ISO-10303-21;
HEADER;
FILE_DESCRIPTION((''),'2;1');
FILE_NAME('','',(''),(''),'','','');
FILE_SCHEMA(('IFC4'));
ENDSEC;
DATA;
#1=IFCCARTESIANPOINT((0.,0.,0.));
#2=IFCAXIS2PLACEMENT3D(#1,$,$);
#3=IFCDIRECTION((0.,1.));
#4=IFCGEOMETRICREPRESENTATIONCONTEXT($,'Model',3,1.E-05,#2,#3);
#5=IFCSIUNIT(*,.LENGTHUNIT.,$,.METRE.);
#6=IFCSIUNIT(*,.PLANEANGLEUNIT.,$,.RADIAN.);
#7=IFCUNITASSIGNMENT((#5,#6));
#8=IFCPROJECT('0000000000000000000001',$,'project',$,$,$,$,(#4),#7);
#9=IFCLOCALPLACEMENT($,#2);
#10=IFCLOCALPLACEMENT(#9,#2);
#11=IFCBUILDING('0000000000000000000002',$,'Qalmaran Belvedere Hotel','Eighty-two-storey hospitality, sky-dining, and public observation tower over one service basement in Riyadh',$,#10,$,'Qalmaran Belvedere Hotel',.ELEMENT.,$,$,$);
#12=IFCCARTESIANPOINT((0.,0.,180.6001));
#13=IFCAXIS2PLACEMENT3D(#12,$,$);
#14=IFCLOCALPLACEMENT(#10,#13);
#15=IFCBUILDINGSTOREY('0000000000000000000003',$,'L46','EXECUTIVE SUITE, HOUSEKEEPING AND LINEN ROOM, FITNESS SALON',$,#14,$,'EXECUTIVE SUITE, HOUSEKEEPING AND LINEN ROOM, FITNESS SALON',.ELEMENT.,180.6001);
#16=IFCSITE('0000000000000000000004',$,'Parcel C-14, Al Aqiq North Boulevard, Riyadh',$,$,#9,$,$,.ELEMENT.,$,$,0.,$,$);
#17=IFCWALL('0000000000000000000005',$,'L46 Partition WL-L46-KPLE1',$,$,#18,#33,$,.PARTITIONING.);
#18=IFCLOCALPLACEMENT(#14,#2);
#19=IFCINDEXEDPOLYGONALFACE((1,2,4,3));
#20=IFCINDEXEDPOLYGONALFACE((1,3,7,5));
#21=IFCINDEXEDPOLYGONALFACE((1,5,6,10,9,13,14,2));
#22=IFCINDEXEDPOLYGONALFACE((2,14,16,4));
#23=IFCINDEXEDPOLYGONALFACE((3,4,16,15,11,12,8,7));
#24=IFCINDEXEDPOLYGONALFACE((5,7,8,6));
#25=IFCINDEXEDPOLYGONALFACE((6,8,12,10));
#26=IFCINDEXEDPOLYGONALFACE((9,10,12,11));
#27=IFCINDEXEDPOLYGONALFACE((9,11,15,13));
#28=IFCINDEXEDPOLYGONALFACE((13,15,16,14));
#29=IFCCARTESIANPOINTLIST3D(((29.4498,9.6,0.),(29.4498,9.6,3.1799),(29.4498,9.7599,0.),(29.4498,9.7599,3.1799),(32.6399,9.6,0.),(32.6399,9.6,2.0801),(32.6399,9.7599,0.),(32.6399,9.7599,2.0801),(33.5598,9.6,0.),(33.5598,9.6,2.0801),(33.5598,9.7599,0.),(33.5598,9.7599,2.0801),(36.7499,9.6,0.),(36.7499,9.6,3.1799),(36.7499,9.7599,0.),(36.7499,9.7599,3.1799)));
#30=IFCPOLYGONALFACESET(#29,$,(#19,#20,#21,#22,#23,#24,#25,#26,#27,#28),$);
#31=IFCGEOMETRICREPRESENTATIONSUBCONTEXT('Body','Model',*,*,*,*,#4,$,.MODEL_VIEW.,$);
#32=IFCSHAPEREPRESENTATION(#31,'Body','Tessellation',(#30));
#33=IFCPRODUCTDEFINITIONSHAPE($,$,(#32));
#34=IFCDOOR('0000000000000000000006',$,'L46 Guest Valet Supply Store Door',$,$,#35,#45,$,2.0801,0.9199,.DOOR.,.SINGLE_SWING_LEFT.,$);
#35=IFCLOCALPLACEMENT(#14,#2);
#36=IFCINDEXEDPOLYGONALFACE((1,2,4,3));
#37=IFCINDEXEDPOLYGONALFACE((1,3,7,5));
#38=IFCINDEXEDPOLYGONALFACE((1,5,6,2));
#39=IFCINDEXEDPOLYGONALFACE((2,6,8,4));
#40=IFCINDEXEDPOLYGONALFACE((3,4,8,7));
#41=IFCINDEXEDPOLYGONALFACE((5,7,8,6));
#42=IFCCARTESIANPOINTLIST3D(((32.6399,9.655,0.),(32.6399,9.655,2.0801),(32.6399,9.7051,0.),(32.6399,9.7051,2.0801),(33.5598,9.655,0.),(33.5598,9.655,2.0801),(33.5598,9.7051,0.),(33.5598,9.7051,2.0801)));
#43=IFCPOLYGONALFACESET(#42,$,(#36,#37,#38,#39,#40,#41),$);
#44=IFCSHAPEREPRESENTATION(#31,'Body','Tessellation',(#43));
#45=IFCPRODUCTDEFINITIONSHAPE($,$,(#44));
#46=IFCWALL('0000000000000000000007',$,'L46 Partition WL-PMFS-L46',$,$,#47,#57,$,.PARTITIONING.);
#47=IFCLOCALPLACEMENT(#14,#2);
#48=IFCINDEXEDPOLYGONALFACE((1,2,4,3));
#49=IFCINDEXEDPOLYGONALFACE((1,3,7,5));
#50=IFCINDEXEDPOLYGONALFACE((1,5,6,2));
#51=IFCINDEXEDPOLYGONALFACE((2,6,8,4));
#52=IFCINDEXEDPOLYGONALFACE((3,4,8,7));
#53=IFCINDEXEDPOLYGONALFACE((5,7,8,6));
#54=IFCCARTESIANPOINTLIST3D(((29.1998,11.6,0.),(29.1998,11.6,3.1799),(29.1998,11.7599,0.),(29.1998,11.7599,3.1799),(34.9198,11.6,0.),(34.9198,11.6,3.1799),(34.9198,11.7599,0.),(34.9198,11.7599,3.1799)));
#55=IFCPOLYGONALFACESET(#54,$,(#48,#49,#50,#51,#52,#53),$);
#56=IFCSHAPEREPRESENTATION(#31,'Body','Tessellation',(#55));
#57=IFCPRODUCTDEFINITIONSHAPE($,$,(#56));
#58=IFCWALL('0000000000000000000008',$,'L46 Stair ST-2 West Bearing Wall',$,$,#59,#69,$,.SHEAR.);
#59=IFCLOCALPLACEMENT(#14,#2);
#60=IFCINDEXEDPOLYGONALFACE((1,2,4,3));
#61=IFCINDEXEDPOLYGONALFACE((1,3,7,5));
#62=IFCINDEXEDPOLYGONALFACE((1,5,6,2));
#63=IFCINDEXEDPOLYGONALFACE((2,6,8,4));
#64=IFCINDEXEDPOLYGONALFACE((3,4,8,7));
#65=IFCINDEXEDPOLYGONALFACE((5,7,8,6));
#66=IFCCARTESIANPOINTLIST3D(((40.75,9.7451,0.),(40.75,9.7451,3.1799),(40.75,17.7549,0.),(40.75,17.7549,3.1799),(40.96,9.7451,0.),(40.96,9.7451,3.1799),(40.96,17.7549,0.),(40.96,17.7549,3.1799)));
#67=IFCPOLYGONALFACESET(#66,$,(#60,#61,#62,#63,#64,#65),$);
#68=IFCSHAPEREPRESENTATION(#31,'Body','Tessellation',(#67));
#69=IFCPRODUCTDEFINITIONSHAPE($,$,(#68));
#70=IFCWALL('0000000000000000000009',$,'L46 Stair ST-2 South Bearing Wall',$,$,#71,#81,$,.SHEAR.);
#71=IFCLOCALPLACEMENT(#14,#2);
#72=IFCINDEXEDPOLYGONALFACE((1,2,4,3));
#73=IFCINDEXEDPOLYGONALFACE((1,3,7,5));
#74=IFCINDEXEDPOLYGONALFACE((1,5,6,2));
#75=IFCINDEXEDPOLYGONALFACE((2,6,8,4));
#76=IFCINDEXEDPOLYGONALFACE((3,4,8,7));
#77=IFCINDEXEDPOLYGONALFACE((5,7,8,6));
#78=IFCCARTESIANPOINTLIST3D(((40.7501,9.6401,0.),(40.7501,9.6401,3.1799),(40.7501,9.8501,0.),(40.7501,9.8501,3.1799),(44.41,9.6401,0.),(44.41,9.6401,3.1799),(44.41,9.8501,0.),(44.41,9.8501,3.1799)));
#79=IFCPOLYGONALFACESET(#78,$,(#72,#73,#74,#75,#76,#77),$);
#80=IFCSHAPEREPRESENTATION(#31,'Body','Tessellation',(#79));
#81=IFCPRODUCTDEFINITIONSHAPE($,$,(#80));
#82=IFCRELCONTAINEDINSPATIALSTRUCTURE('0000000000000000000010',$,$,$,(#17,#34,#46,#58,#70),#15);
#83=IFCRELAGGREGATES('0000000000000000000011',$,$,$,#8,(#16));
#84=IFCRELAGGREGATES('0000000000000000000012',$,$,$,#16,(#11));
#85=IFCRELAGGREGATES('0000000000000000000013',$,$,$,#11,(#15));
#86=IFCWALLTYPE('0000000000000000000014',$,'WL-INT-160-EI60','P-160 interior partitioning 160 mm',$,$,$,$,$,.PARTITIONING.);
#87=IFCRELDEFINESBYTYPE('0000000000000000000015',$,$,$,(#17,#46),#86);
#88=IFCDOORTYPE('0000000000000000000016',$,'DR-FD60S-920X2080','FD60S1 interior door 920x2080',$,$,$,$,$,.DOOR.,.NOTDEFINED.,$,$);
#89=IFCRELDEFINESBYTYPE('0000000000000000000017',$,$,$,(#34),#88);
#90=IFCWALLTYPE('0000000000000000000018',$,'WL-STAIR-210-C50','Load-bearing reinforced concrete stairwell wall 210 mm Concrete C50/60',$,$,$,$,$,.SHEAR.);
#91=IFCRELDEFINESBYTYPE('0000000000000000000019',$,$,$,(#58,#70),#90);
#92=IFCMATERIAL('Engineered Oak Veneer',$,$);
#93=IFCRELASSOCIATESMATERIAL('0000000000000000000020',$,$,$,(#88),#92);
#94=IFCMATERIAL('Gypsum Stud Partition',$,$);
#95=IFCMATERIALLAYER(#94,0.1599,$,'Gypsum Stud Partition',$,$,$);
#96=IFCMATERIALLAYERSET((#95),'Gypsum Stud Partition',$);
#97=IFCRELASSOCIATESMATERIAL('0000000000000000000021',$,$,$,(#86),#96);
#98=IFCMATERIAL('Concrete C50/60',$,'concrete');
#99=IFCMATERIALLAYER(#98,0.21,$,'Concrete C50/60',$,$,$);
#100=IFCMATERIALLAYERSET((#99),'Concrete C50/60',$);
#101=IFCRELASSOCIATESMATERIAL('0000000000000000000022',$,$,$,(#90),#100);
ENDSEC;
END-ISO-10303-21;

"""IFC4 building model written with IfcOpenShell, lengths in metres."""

from ifc_helpers import new_model, si_unit, direction, frame, frame_2d, origin, place, context, subcontext, project, spatial, rectangle, extrude, material, layer, layer_set, type_object, element, fill, save


model = new_model("IFC4")

# Units and contexts
model_context = context("Model", 3, precision=1e-05, world=origin(), true_north=direction((0.0, 1.0)))
body_context = subcontext(model_context, "Body", "Model", "MODEL_VIEW")
ifc_project = project(units=[si_unit("LENGTHUNIT", "METRE"), si_unit("PLANEANGLEUNIT", "RADIAN")], contexts=[model_context])

# Site, building, storey
site_placement = place(None, origin())
site = spatial("IfcSite", under=ifc_project, at=site_placement, Name="Parcel C-14, Al Aqiq North Boulevard, Riyadh", CompositionType="ELEMENT", RefElevation=0.0)
building_placement = place(site_placement, origin())
building = spatial("IfcBuilding", under=site, at=building_placement, Name="Qalmaran Belvedere Hotel", Description="Eighty-two-storey hospitality, sky-dining, and public observation tower over one service basement in Riyadh", LongName="Qalmaran Belvedere Hotel", CompositionType="ELEMENT")
storey_placement = place(building_placement, frame((0.0, 0.0, 180.6001)))
storey = spatial("IfcBuildingStorey", under=building, at=storey_placement, Name="L46", Description="EXECUTIVE SUITE, HOUSEKEEPING AND LINEN ROOM, FITNESS SALON", LongName="EXECUTIVE SUITE, HOUSEKEEPING AND LINEN ROOM, FITNESS SALON", CompositionType="ELEMENT", Elevation=180.6001)

# Shared definitions
ifc_material_1 = material(Name="Concrete C50/60", Category="concrete")

# Shared definitions
ifc_material_2 = material(Name="Gypsum Stud Partition")

# Shared definitions
ifc_material_3 = material(Name="Engineered Oak Veneer")
door_type_1 = type_object("IfcDoorType", Name="DR-FD60S-920X2080", Description="FD60S1 interior door 920x2080", OperationType="NOTDEFINED", PredefinedType="DOOR", material=ifc_material_3)
ifc_layer_1 = layer(ifc_material_2, 0.1599, Name="Gypsum Stud Partition")
ifc_layer_set_1 = layer_set([ifc_layer_1], Name="Gypsum Stud Partition")
wall_type_1 = type_object("IfcWallType", Name="WL-INT-160-EI60", Description="P-160 interior partitioning 160 mm", PredefinedType="PARTITIONING", material=ifc_layer_set_1)

# Wall, opening, door
wall_1_placement = place(storey_placement, frame((29.45, 9.6799, 0.0), z_axis=(0.0, 0.0, 1.0), x_axis=(1.0, 0.0, 0.0)))
wall_1 = element("IfcWall", 1, at=wall_1_placement, inside=storey, type_object=wall_type_1, Name="L46 Partition WL-L46-KPLE1", PredefinedType="PARTITIONING", context=body_context, shape_type="SweptSolid", body=[
    extrude(rectangle(XDim=7.3, YDim=0.1599, at=frame_2d((3.6499, 0.0))), origin(), (0.0, 0.0, 1.0), 3.1799),
])
opening_1_placement = place(wall_1_placement, frame((4.1099, 0.0, 0.0), z_axis=(0.0, 0.0, 1.0), x_axis=(-1.0, 0.0, 0.0)))
opening_1 = element("IfcOpeningElement", 2, at=opening_1_placement, cuts=wall_1, PredefinedType="OPENING", context=body_context, shape_type="SweptSolid", body=[
    extrude(rectangle(XDim=0.9199, YDim=2.0801, at=frame_2d((0.46, 1.04))), frame((0.0, 0.0898, 0.0), z_axis=(0.0, -1.0, 0.0), x_axis=(1.0, 0.0, 0.0)), (0.0, 0.0, 1.0), 0.1799),
])
door_1_placement = place(opening_1_placement, origin())
door_1 = element("IfcDoor", 3, at=door_1_placement, inside=storey, type_object=door_type_1, Name="L46 Guest Valet Supply Store Door", OperationType="SINGLE_SWING_LEFT", OverallHeight=2.0801, OverallWidth=0.9199, PredefinedType="DOOR", context=body_context, shape_type="SweptSolid", body=[
    extrude(rectangle(XDim=0.9199, YDim=2.0801, at=frame_2d((0.46, 1.04))), frame((0.0, 0.0249, 0.0), z_axis=(0.0, -1.0, 0.0), x_axis=(1.0, 0.0, 0.0)), (0.0, 0.0, 1.0), 0.05),
])
fill(opening_1, door_1)

# Walls
wall_2_placement = place(storey_placement, frame((29.2, 11.6799, 0.0), z_axis=(0.0, 0.0, 1.0), x_axis=(1.0, 0.0, 0.0)))
element("IfcWall", 4, at=wall_2_placement, inside=storey, type_object=wall_type_1, Name="L46 Partition WL-PMFS-L46", PredefinedType="PARTITIONING", context=body_context, shape_type="SweptSolid", body=[
    extrude(rectangle(XDim=5.72, YDim=0.1599, at=frame_2d((2.8599, 0.0))), origin(), (0.0, 0.0, 1.0), 3.1799),
])
ifc_layer_2 = layer(ifc_material_1, 0.21, Name="Concrete C50/60")
ifc_layer_set_2 = layer_set([ifc_layer_2], Name="Concrete C50/60")
wall_type_2 = type_object("IfcWallType", Name="WL-STAIR-210-C50", Description="Load-bearing reinforced concrete stairwell wall 210 mm Concrete C50/60", PredefinedType="SHEAR", material=ifc_layer_set_2)
wall_3_placement = place(storey_placement, frame((40.855, 9.7451, 0.0), z_axis=(0.0, 0.0, 1.0), x_axis=(0.0, 1.0, 0.0)))
element("IfcWall", 5, at=wall_3_placement, inside=storey, type_object=wall_type_2, Name="L46 Stair ST-2 West Bearing Wall", PredefinedType="SHEAR", context=body_context, shape_type="SweptSolid", body=[
    extrude(rectangle(XDim=8.0098, YDim=0.21, at=frame_2d((4.0049, 0.0))), origin(), (0.0, 0.0, 1.0), 3.1799),
])
wall_4_placement = place(storey_placement, frame((40.75, 9.7451, 0.0), z_axis=(0.0, 0.0, 1.0), x_axis=(1.0, 0.0, 0.0)))
element("IfcWall", 6, at=wall_4_placement, inside=storey, type_object=wall_type_2, Name="L46 Stair ST-2 South Bearing Wall", PredefinedType="SHEAR", context=body_context, shape_type="SweptSolid", body=[
    extrude(rectangle(XDim=3.6599, YDim=0.21, at=frame_2d((1.8301, 0.0))), origin(), (0.0, 0.0, 1.0), 3.1799),
])

save(model, "model.ifc")
